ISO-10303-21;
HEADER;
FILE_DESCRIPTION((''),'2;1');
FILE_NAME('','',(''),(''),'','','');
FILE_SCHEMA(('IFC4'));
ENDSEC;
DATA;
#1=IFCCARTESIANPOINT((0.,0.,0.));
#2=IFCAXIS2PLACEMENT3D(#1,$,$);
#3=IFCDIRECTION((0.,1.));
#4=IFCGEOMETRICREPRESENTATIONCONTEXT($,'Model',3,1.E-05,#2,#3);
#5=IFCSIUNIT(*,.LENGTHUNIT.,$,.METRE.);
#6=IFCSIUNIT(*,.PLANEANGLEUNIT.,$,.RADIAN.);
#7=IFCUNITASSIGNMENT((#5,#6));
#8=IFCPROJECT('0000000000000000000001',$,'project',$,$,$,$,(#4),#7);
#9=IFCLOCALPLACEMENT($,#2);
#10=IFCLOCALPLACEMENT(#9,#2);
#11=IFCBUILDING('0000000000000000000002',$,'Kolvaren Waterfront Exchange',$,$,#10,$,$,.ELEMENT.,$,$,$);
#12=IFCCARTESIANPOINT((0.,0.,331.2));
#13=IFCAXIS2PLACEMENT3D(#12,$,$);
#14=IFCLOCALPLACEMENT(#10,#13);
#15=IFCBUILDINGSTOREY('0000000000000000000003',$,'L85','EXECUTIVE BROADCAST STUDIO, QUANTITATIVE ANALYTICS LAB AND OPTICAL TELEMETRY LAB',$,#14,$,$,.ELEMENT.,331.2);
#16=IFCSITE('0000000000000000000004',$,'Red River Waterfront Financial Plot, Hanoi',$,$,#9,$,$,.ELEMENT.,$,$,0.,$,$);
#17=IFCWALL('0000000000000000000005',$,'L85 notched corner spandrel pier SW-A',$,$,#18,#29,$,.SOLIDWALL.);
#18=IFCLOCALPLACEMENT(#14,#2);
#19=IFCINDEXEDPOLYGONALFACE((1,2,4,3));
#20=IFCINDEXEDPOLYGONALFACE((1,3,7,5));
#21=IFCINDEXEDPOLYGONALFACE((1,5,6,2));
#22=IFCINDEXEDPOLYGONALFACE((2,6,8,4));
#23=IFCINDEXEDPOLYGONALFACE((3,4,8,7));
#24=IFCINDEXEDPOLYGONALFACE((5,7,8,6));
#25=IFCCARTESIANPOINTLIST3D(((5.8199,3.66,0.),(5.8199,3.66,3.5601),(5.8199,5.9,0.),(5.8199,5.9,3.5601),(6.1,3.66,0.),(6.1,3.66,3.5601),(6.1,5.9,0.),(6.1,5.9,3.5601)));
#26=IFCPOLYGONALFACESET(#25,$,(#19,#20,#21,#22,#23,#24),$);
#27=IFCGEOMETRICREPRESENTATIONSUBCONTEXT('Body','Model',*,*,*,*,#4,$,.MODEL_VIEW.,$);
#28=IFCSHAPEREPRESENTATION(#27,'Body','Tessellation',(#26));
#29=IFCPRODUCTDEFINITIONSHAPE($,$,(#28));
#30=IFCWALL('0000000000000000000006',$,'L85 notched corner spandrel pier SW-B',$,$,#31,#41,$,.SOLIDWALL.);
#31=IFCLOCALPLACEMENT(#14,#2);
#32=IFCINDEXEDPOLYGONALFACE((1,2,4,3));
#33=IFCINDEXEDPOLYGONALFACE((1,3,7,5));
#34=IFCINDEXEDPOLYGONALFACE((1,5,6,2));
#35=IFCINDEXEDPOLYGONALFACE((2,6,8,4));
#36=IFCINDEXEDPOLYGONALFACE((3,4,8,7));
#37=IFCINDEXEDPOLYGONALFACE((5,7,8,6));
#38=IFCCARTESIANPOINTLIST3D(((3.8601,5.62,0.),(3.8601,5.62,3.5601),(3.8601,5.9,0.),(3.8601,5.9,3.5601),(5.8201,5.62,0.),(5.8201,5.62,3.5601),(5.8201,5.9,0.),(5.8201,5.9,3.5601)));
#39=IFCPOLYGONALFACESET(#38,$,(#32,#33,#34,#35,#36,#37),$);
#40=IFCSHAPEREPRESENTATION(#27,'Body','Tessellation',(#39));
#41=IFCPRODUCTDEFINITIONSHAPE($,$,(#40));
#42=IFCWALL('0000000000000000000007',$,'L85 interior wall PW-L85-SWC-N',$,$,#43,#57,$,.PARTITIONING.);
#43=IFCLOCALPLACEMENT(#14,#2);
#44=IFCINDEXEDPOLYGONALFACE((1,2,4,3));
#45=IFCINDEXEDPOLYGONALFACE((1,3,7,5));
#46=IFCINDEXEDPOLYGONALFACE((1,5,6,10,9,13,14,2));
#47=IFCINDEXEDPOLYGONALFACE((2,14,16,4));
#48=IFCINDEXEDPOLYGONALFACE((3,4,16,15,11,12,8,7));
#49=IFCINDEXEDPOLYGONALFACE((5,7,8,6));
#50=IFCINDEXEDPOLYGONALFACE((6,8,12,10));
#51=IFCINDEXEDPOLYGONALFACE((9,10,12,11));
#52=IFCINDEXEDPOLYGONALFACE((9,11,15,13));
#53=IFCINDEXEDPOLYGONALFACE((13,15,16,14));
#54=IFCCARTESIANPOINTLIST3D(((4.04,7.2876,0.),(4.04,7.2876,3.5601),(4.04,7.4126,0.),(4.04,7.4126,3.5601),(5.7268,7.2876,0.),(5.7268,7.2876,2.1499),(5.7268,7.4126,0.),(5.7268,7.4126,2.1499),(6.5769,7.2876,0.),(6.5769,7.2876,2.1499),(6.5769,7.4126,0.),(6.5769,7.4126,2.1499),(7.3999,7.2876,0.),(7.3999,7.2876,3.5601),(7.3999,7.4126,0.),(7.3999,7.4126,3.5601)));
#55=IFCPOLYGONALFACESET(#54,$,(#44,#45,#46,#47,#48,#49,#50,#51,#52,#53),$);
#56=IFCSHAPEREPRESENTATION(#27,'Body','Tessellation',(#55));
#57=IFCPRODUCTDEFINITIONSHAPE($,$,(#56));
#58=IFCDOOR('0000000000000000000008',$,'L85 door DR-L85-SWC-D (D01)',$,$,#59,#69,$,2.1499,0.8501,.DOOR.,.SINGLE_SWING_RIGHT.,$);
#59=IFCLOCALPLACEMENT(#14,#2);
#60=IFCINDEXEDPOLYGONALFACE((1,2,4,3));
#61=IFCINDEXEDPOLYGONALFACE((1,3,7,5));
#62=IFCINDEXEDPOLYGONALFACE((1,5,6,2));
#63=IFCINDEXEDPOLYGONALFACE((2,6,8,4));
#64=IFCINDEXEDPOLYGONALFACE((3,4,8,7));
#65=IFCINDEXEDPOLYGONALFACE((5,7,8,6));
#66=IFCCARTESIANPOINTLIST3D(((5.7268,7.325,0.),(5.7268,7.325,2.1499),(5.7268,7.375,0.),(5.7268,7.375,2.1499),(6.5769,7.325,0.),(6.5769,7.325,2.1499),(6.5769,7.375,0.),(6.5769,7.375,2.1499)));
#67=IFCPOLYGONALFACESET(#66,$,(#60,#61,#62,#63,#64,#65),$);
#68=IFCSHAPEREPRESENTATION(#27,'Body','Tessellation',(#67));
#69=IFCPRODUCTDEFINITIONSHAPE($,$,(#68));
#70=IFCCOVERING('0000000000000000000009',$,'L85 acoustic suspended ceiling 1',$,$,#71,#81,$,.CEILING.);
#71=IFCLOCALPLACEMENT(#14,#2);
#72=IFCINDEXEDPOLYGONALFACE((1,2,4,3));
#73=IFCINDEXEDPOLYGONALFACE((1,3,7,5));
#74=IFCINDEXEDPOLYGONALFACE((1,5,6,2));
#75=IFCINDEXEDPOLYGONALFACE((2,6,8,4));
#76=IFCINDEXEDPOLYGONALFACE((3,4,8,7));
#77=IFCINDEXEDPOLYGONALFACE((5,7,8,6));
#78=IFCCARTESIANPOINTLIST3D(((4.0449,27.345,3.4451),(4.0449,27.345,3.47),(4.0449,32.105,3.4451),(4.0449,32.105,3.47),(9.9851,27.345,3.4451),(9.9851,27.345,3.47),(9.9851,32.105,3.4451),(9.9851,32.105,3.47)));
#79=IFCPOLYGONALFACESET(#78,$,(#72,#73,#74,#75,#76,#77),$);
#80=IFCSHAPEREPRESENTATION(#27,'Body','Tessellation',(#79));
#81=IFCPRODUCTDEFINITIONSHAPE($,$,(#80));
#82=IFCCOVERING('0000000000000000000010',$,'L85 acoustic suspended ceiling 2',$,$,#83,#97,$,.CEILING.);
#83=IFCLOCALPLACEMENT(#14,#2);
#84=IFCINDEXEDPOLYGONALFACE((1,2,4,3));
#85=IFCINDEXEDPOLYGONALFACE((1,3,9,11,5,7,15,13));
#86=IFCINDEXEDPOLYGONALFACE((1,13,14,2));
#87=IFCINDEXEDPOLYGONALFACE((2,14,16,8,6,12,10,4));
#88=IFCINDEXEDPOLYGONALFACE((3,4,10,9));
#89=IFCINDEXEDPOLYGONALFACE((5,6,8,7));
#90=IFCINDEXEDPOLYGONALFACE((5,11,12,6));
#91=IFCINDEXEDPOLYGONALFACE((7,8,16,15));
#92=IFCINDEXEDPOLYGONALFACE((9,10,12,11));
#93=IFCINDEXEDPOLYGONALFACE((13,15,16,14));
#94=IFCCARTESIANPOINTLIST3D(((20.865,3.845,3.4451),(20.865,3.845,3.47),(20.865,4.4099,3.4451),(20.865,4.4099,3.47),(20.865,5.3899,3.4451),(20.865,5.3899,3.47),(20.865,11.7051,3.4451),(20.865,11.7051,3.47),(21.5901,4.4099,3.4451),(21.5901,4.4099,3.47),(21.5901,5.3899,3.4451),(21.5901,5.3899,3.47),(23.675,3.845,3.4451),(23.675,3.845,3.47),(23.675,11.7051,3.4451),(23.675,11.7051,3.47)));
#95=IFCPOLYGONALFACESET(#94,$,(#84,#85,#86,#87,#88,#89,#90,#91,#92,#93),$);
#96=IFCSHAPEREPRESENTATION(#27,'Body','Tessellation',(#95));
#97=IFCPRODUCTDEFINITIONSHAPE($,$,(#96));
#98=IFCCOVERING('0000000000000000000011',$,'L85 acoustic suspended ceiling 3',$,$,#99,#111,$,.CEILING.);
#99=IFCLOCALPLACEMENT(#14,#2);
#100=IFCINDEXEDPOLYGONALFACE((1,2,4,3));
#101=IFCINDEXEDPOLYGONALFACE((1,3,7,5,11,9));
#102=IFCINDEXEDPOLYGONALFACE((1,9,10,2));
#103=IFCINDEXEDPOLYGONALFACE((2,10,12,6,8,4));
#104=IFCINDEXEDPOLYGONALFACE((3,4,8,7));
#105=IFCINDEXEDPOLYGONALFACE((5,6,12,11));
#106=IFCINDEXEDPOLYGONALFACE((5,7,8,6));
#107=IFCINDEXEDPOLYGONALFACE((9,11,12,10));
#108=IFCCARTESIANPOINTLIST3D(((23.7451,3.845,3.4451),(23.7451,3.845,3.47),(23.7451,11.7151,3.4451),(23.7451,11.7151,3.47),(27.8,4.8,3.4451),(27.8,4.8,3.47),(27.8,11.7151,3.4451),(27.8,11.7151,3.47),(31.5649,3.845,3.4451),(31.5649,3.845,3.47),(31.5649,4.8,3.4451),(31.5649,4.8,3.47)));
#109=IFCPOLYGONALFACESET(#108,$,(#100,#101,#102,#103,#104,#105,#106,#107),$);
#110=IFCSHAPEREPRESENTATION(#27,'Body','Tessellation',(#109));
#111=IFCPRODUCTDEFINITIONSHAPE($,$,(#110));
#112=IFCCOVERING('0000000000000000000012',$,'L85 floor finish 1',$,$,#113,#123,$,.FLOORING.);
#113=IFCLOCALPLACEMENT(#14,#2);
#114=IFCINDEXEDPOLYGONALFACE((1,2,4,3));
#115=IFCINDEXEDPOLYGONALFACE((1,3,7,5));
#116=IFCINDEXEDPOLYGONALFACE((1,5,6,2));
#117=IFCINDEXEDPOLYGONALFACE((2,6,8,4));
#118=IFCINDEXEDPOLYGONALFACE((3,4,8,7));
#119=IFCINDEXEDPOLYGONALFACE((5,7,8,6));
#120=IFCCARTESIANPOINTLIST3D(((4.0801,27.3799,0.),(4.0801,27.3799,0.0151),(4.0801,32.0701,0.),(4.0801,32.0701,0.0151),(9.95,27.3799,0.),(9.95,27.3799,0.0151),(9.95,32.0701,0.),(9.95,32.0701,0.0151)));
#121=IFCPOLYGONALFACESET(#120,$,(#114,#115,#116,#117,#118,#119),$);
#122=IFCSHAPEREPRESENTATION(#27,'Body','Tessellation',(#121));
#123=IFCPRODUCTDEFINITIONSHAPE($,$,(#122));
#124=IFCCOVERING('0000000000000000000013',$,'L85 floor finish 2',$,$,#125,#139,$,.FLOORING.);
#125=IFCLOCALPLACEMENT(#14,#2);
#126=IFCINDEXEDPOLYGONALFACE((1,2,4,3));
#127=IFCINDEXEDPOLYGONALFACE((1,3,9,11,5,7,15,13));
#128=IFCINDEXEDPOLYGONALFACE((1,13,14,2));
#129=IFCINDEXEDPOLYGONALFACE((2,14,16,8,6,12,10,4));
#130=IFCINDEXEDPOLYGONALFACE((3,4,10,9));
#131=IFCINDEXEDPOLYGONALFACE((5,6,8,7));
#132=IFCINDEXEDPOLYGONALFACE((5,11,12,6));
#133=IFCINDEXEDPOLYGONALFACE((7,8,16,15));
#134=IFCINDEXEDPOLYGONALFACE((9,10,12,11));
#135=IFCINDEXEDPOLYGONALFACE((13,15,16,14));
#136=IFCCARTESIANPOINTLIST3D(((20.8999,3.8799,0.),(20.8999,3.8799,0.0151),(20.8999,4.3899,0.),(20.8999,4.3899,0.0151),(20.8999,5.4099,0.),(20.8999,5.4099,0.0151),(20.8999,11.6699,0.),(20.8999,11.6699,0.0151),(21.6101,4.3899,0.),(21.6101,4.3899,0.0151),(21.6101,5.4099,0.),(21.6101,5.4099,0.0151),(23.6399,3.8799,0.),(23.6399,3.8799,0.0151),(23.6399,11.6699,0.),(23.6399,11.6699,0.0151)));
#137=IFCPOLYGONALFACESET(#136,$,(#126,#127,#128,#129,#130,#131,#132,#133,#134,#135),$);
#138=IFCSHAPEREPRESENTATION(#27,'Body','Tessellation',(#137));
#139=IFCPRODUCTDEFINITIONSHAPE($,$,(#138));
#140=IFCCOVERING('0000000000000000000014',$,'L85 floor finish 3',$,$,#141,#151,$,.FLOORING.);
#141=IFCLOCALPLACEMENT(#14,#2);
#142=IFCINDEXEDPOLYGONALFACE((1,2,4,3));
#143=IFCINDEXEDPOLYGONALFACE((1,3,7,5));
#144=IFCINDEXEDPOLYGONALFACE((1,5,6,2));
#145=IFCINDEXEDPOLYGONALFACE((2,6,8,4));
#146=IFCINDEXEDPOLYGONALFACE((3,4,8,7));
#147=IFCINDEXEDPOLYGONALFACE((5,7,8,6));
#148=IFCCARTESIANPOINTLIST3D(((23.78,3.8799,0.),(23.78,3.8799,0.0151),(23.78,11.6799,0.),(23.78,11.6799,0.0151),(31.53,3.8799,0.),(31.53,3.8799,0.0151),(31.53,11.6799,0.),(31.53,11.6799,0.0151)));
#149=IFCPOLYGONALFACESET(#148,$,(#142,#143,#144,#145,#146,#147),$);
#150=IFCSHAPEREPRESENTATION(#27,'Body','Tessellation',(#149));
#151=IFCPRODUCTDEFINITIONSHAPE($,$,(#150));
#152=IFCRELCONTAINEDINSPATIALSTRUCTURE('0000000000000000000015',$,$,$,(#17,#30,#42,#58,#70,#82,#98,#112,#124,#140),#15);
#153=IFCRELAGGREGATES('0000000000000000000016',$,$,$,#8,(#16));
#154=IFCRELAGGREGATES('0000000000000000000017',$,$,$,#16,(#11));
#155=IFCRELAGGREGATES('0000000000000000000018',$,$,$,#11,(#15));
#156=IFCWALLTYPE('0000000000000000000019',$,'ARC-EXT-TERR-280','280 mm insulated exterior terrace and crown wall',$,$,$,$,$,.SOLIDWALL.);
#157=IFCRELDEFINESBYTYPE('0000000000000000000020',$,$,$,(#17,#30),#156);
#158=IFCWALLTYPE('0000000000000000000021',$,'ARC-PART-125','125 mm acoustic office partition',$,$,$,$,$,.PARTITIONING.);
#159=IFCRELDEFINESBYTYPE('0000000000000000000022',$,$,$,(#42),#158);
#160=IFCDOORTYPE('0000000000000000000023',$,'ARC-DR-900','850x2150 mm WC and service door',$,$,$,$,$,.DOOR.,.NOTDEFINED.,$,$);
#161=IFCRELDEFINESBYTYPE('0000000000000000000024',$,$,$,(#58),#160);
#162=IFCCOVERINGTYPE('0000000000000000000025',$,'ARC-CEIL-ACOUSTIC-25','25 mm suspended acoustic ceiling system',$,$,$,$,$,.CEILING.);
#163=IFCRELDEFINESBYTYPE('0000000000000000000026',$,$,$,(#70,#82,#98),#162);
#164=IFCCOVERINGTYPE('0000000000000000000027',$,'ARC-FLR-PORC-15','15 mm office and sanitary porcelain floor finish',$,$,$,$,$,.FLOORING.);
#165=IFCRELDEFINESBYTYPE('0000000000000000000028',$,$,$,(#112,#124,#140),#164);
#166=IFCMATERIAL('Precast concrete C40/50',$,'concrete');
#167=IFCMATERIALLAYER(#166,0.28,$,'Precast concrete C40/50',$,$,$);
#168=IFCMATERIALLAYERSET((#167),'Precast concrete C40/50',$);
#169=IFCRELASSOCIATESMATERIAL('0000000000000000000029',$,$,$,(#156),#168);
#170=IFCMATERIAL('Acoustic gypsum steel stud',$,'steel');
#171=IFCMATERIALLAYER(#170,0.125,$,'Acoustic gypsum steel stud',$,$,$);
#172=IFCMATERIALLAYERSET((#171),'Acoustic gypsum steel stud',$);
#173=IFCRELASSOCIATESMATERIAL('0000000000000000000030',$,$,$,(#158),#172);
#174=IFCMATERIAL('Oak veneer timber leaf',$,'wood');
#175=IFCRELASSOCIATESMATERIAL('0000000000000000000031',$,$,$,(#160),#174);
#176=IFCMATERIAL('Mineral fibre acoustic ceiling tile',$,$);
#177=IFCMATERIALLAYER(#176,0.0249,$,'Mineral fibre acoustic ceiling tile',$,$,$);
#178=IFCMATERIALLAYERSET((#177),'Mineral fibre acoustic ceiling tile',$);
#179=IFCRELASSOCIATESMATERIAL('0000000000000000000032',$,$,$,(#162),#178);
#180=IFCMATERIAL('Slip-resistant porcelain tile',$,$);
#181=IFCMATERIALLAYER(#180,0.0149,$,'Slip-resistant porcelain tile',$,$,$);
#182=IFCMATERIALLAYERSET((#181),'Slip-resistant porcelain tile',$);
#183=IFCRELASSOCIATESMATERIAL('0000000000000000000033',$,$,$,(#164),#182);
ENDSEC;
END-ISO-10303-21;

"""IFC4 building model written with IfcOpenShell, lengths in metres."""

from ifc_helpers import new_model, si_unit, direction, frame, frame_2d, origin, place, context, subcontext, project, spatial, polyline, rectangle, outline, extrude, material, layer, layer_set, type_object, element, fill, save


model = new_model("IFC4")

# Units and contexts
model_context = context("Model", 3, precision=1e-05, world=origin(), true_north=direction((0.0, 1.0)))
body_context = subcontext(model_context, "Body", "Model", "MODEL_VIEW")
ifc_project = project(units=[si_unit("LENGTHUNIT", "METRE"), si_unit("PLANEANGLEUNIT", "RADIAN")], contexts=[model_context])

# Site, building, storey
site_placement = place(None, origin())
site = spatial("IfcSite", under=ifc_project, at=site_placement, Name="Red River Waterfront Financial Plot, Hanoi", CompositionType="ELEMENT", RefElevation=0.0)
building_placement = place(site_placement, origin())
building = spatial("IfcBuilding", under=site, at=building_placement, Name="Kolvaren Waterfront Exchange", CompositionType="ELEMENT")
storey_placement = place(building_placement, frame((0.0, 0.0, 331.2)))
storey = spatial("IfcBuildingStorey", under=building, at=storey_placement, Name="L85", Description="EXECUTIVE BROADCAST STUDIO, QUANTITATIVE ANALYTICS LAB AND OPTICAL TELEMETRY LAB", CompositionType="ELEMENT", Elevation=331.2)

# Walls
ifc_material_1 = material(Name="Precast concrete C40/50", Category="concrete")
ifc_layer_1 = layer(ifc_material_1, 0.28, Name="Precast concrete C40/50")
ifc_layer_set_1 = layer_set([ifc_layer_1], Name="Precast concrete C40/50")
wall_type_1 = type_object("IfcWallType", Name="ARC-EXT-TERR-280", Description="280 mm insulated exterior terrace and crown wall", PredefinedType="SOLIDWALL", material=ifc_layer_set_1)
wall_1_placement = place(storey_placement, frame((5.96, 3.6599, 0.0), z_axis=(0.0, 0.0, 1.0), x_axis=(0.0, 1.0, 0.0)))
element("IfcWall", 1, at=wall_1_placement, inside=storey, type_object=wall_type_1, Name="L85 notched corner spandrel pier SW-A", PredefinedType="SOLIDWALL", context=body_context, shape_type="SweptSolid", body=[
    extrude(rectangle(XDim=2.24, YDim=0.28, at=frame_2d((1.1201, 0.0))), origin(), (0.0, 0.0, 1.0), 3.5601),
])
wall_2_placement = place(storey_placement, frame((3.8601, 5.76, 0.0), z_axis=(0.0, 0.0, 1.0), x_axis=(1.0, 0.0, 0.0)))
element("IfcWall", 2, at=wall_2_placement, inside=storey, type_object=wall_type_1, Name="L85 notched corner spandrel pier SW-B", PredefinedType="SOLIDWALL", context=body_context, shape_type="SweptSolid", body=[
    extrude(rectangle(XDim=1.96, YDim=0.28, at=frame_2d((0.98, 0.0))), origin(), (0.0, 0.0, 1.0), 3.5601),
])

# Wall, opening, door
ifc_material_2 = material(Name="Acoustic gypsum steel stud", Category="steel")
ifc_layer_2 = layer(ifc_material_2, 0.125, Name="Acoustic gypsum steel stud")
ifc_layer_set_2 = layer_set([ifc_layer_2], Name="Acoustic gypsum steel stud")
wall_type_2 = type_object("IfcWallType", Name="ARC-PART-125", Description="125 mm acoustic office partition", PredefinedType="PARTITIONING", material=ifc_layer_set_2)
wall_3_placement = place(storey_placement, frame((4.04, 7.3501, 0.0), z_axis=(0.0, 0.0, 1.0), x_axis=(1.0, 0.0, 0.0)))
wall_3 = element("IfcWall", 3, at=wall_3_placement, inside=storey, type_object=wall_type_2, Name="L85 interior wall PW-L85-SWC-N", PredefinedType="PARTITIONING", context=body_context, shape_type="SweptSolid", body=[
    extrude(rectangle(XDim=3.3599, YDim=0.125, at=frame_2d((1.6799, 0.0))), origin(), (0.0, 0.0, 1.0), 3.5601),
])
opening_placement = place(wall_3_placement, frame((1.6868, 0.0, 0.0)))
opening = element("IfcOpeningElement", 4, at=opening_placement, cuts=wall_3, PredefinedType="OPENING", context=body_context, shape_type="SweptSolid", body=[
    extrude(rectangle(XDim=0.8501, YDim=2.1499, at=frame_2d((0.425, 1.075))), frame((0.0, 0.0725, 0.0), z_axis=(0.0, -1.0, 0.0), x_axis=(1.0, 0.0, 0.0)), (0.0, 0.0, 1.0), 0.145),
])
ifc_material_3 = material(Name="Oak veneer timber leaf", Category="wood")
door_type = type_object("IfcDoorType", Name="ARC-DR-900", Description="850x2150 mm WC and service door", OperationType="NOTDEFINED", PredefinedType="DOOR", material=ifc_material_3)
door_placement = place(opening_placement, origin())
door = element("IfcDoor", 5, at=door_placement, inside=storey, type_object=door_type, Name="L85 door DR-L85-SWC-D (D01)", OperationType="SINGLE_SWING_RIGHT", OverallHeight=2.1499, OverallWidth=0.8501, PredefinedType="DOOR", context=body_context, shape_type="SweptSolid", body=[
    extrude(rectangle(XDim=0.8501, YDim=2.1499, at=frame_2d((0.425, 1.075))), frame((0.0, 0.0249, 0.0), z_axis=(0.0, -1.0, 0.0), x_axis=(1.0, 0.0, 0.0)), (0.0, 0.0, 1.0), 0.05),
])
fill(opening, door)

# Coverings
ifc_material_4 = material(Name="Mineral fibre acoustic ceiling tile")
ifc_layer_3 = layer(ifc_material_4, 0.0249, Name="Mineral fibre acoustic ceiling tile")
ifc_layer_set_3 = layer_set([ifc_layer_3], Name="Mineral fibre acoustic ceiling tile")
covering_type_1 = type_object("IfcCoveringType", Name="ARC-CEIL-ACOUSTIC-25", Description="25 mm suspended acoustic ceiling system", PredefinedType="CEILING", material=ifc_layer_set_3)
covering_1_placement = place(storey_placement, frame((0.0, 0.0, 3.4451)))
element("IfcCovering", 6, at=covering_1_placement, inside=storey, type_object=covering_type_1, Name="L85 acoustic suspended ceiling 1", PredefinedType="CEILING", context=body_context, shape_type="SweptSolid", body=[
    extrude(outline(polyline([(9.9851, 27.345), (9.9851, 32.105), (4.0449, 32.105), (4.0449, 27.345), (9.9851, 27.345)])), origin(), (0.0, 0.0, 1.0), 0.0249),
])
covering_2_placement = place(storey_placement, frame((0.0, 0.0, 3.4451)))
element("IfcCovering", 7, at=covering_2_placement, inside=storey, type_object=covering_type_1, Name="L85 acoustic suspended ceiling 2", PredefinedType="CEILING", context=body_context, shape_type="SweptSolid", body=[
    extrude(outline(polyline([(20.865, 5.3899), (21.5901, 5.3899), (21.5901, 4.4099), (20.865, 4.4099), (20.865, 3.845), (23.675, 3.845), (23.675, 11.7051), (20.865, 11.7051), (20.865, 5.3899)])), origin(), (0.0, 0.0, 1.0), 0.0249),
])
covering_3_placement = place(storey_placement, frame((0.0, 0.0, 3.4451)))
element("IfcCovering", 8, at=covering_3_placement, inside=storey, type_object=covering_type_1, Name="L85 acoustic suspended ceiling 3", PredefinedType="CEILING", context=body_context, shape_type="SweptSolid", body=[
    extrude(outline(polyline([(31.5649, 3.845), (31.5649, 4.8), (27.8, 4.8), (27.8, 11.7151), (23.7451, 11.7151), (23.7451, 3.845), (31.5649, 3.845)])), origin(), (0.0, 0.0, 1.0), 0.0249),
])
ifc_material_5 = material(Name="Slip-resistant porcelain tile")
ifc_layer_4 = layer(ifc_material_5, 0.0149, Name="Slip-resistant porcelain tile")
ifc_layer_set_4 = layer_set([ifc_layer_4], Name="Slip-resistant porcelain tile")
covering_type_2 = type_object("IfcCoveringType", Name="ARC-FLR-PORC-15", Description="15 mm office and sanitary porcelain floor finish", PredefinedType="FLOORING", material=ifc_layer_set_4)
covering_4_placement = place(storey_placement, origin())
element("IfcCovering", 9, at=covering_4_placement, inside=storey, type_object=covering_type_2, Name="L85 floor finish 1", PredefinedType="FLOORING", context=body_context, shape_type="SweptSolid", body=[
    extrude(outline(polyline([(4.0801, 32.0701), (4.0801, 27.3799), (9.95, 27.3799), (9.95, 32.0701), (4.0801, 32.0701)])), origin(), (0.0, 0.0, 1.0), 0.0151),
])
covering_5_placement = place(storey_placement, origin())
element("IfcCovering", 10, at=covering_5_placement, inside=storey, type_object=covering_type_2, Name="L85 floor finish 2", PredefinedType="FLOORING", context=body_context, shape_type="SweptSolid", body=[
    extrude(outline(polyline([(20.8999, 4.3899), (20.8999, 3.8799), (23.6399, 3.8799), (23.6399, 11.6699), (20.8999, 11.6699), (20.8999, 5.4099), (21.6101, 5.4099), (21.6101, 4.3899), (20.8999, 4.3899)])), origin(), (0.0, 0.0, 1.0), 0.0151),
])
covering_6_placement = place(storey_placement, origin())
element("IfcCovering", 11, at=covering_6_placement, inside=storey, type_object=covering_type_2, Name="L85 floor finish 3", PredefinedType="FLOORING", context=body_context, shape_type="SweptSolid", body=[
    extrude(outline(polyline([(23.78, 11.6799), (23.78, 3.8799), (31.53, 3.8799), (31.53, 11.6799), (23.78, 11.6799)])), origin(), (0.0, 0.0, 1.0), 0.0151),
])

save(model, "model.ifc")
